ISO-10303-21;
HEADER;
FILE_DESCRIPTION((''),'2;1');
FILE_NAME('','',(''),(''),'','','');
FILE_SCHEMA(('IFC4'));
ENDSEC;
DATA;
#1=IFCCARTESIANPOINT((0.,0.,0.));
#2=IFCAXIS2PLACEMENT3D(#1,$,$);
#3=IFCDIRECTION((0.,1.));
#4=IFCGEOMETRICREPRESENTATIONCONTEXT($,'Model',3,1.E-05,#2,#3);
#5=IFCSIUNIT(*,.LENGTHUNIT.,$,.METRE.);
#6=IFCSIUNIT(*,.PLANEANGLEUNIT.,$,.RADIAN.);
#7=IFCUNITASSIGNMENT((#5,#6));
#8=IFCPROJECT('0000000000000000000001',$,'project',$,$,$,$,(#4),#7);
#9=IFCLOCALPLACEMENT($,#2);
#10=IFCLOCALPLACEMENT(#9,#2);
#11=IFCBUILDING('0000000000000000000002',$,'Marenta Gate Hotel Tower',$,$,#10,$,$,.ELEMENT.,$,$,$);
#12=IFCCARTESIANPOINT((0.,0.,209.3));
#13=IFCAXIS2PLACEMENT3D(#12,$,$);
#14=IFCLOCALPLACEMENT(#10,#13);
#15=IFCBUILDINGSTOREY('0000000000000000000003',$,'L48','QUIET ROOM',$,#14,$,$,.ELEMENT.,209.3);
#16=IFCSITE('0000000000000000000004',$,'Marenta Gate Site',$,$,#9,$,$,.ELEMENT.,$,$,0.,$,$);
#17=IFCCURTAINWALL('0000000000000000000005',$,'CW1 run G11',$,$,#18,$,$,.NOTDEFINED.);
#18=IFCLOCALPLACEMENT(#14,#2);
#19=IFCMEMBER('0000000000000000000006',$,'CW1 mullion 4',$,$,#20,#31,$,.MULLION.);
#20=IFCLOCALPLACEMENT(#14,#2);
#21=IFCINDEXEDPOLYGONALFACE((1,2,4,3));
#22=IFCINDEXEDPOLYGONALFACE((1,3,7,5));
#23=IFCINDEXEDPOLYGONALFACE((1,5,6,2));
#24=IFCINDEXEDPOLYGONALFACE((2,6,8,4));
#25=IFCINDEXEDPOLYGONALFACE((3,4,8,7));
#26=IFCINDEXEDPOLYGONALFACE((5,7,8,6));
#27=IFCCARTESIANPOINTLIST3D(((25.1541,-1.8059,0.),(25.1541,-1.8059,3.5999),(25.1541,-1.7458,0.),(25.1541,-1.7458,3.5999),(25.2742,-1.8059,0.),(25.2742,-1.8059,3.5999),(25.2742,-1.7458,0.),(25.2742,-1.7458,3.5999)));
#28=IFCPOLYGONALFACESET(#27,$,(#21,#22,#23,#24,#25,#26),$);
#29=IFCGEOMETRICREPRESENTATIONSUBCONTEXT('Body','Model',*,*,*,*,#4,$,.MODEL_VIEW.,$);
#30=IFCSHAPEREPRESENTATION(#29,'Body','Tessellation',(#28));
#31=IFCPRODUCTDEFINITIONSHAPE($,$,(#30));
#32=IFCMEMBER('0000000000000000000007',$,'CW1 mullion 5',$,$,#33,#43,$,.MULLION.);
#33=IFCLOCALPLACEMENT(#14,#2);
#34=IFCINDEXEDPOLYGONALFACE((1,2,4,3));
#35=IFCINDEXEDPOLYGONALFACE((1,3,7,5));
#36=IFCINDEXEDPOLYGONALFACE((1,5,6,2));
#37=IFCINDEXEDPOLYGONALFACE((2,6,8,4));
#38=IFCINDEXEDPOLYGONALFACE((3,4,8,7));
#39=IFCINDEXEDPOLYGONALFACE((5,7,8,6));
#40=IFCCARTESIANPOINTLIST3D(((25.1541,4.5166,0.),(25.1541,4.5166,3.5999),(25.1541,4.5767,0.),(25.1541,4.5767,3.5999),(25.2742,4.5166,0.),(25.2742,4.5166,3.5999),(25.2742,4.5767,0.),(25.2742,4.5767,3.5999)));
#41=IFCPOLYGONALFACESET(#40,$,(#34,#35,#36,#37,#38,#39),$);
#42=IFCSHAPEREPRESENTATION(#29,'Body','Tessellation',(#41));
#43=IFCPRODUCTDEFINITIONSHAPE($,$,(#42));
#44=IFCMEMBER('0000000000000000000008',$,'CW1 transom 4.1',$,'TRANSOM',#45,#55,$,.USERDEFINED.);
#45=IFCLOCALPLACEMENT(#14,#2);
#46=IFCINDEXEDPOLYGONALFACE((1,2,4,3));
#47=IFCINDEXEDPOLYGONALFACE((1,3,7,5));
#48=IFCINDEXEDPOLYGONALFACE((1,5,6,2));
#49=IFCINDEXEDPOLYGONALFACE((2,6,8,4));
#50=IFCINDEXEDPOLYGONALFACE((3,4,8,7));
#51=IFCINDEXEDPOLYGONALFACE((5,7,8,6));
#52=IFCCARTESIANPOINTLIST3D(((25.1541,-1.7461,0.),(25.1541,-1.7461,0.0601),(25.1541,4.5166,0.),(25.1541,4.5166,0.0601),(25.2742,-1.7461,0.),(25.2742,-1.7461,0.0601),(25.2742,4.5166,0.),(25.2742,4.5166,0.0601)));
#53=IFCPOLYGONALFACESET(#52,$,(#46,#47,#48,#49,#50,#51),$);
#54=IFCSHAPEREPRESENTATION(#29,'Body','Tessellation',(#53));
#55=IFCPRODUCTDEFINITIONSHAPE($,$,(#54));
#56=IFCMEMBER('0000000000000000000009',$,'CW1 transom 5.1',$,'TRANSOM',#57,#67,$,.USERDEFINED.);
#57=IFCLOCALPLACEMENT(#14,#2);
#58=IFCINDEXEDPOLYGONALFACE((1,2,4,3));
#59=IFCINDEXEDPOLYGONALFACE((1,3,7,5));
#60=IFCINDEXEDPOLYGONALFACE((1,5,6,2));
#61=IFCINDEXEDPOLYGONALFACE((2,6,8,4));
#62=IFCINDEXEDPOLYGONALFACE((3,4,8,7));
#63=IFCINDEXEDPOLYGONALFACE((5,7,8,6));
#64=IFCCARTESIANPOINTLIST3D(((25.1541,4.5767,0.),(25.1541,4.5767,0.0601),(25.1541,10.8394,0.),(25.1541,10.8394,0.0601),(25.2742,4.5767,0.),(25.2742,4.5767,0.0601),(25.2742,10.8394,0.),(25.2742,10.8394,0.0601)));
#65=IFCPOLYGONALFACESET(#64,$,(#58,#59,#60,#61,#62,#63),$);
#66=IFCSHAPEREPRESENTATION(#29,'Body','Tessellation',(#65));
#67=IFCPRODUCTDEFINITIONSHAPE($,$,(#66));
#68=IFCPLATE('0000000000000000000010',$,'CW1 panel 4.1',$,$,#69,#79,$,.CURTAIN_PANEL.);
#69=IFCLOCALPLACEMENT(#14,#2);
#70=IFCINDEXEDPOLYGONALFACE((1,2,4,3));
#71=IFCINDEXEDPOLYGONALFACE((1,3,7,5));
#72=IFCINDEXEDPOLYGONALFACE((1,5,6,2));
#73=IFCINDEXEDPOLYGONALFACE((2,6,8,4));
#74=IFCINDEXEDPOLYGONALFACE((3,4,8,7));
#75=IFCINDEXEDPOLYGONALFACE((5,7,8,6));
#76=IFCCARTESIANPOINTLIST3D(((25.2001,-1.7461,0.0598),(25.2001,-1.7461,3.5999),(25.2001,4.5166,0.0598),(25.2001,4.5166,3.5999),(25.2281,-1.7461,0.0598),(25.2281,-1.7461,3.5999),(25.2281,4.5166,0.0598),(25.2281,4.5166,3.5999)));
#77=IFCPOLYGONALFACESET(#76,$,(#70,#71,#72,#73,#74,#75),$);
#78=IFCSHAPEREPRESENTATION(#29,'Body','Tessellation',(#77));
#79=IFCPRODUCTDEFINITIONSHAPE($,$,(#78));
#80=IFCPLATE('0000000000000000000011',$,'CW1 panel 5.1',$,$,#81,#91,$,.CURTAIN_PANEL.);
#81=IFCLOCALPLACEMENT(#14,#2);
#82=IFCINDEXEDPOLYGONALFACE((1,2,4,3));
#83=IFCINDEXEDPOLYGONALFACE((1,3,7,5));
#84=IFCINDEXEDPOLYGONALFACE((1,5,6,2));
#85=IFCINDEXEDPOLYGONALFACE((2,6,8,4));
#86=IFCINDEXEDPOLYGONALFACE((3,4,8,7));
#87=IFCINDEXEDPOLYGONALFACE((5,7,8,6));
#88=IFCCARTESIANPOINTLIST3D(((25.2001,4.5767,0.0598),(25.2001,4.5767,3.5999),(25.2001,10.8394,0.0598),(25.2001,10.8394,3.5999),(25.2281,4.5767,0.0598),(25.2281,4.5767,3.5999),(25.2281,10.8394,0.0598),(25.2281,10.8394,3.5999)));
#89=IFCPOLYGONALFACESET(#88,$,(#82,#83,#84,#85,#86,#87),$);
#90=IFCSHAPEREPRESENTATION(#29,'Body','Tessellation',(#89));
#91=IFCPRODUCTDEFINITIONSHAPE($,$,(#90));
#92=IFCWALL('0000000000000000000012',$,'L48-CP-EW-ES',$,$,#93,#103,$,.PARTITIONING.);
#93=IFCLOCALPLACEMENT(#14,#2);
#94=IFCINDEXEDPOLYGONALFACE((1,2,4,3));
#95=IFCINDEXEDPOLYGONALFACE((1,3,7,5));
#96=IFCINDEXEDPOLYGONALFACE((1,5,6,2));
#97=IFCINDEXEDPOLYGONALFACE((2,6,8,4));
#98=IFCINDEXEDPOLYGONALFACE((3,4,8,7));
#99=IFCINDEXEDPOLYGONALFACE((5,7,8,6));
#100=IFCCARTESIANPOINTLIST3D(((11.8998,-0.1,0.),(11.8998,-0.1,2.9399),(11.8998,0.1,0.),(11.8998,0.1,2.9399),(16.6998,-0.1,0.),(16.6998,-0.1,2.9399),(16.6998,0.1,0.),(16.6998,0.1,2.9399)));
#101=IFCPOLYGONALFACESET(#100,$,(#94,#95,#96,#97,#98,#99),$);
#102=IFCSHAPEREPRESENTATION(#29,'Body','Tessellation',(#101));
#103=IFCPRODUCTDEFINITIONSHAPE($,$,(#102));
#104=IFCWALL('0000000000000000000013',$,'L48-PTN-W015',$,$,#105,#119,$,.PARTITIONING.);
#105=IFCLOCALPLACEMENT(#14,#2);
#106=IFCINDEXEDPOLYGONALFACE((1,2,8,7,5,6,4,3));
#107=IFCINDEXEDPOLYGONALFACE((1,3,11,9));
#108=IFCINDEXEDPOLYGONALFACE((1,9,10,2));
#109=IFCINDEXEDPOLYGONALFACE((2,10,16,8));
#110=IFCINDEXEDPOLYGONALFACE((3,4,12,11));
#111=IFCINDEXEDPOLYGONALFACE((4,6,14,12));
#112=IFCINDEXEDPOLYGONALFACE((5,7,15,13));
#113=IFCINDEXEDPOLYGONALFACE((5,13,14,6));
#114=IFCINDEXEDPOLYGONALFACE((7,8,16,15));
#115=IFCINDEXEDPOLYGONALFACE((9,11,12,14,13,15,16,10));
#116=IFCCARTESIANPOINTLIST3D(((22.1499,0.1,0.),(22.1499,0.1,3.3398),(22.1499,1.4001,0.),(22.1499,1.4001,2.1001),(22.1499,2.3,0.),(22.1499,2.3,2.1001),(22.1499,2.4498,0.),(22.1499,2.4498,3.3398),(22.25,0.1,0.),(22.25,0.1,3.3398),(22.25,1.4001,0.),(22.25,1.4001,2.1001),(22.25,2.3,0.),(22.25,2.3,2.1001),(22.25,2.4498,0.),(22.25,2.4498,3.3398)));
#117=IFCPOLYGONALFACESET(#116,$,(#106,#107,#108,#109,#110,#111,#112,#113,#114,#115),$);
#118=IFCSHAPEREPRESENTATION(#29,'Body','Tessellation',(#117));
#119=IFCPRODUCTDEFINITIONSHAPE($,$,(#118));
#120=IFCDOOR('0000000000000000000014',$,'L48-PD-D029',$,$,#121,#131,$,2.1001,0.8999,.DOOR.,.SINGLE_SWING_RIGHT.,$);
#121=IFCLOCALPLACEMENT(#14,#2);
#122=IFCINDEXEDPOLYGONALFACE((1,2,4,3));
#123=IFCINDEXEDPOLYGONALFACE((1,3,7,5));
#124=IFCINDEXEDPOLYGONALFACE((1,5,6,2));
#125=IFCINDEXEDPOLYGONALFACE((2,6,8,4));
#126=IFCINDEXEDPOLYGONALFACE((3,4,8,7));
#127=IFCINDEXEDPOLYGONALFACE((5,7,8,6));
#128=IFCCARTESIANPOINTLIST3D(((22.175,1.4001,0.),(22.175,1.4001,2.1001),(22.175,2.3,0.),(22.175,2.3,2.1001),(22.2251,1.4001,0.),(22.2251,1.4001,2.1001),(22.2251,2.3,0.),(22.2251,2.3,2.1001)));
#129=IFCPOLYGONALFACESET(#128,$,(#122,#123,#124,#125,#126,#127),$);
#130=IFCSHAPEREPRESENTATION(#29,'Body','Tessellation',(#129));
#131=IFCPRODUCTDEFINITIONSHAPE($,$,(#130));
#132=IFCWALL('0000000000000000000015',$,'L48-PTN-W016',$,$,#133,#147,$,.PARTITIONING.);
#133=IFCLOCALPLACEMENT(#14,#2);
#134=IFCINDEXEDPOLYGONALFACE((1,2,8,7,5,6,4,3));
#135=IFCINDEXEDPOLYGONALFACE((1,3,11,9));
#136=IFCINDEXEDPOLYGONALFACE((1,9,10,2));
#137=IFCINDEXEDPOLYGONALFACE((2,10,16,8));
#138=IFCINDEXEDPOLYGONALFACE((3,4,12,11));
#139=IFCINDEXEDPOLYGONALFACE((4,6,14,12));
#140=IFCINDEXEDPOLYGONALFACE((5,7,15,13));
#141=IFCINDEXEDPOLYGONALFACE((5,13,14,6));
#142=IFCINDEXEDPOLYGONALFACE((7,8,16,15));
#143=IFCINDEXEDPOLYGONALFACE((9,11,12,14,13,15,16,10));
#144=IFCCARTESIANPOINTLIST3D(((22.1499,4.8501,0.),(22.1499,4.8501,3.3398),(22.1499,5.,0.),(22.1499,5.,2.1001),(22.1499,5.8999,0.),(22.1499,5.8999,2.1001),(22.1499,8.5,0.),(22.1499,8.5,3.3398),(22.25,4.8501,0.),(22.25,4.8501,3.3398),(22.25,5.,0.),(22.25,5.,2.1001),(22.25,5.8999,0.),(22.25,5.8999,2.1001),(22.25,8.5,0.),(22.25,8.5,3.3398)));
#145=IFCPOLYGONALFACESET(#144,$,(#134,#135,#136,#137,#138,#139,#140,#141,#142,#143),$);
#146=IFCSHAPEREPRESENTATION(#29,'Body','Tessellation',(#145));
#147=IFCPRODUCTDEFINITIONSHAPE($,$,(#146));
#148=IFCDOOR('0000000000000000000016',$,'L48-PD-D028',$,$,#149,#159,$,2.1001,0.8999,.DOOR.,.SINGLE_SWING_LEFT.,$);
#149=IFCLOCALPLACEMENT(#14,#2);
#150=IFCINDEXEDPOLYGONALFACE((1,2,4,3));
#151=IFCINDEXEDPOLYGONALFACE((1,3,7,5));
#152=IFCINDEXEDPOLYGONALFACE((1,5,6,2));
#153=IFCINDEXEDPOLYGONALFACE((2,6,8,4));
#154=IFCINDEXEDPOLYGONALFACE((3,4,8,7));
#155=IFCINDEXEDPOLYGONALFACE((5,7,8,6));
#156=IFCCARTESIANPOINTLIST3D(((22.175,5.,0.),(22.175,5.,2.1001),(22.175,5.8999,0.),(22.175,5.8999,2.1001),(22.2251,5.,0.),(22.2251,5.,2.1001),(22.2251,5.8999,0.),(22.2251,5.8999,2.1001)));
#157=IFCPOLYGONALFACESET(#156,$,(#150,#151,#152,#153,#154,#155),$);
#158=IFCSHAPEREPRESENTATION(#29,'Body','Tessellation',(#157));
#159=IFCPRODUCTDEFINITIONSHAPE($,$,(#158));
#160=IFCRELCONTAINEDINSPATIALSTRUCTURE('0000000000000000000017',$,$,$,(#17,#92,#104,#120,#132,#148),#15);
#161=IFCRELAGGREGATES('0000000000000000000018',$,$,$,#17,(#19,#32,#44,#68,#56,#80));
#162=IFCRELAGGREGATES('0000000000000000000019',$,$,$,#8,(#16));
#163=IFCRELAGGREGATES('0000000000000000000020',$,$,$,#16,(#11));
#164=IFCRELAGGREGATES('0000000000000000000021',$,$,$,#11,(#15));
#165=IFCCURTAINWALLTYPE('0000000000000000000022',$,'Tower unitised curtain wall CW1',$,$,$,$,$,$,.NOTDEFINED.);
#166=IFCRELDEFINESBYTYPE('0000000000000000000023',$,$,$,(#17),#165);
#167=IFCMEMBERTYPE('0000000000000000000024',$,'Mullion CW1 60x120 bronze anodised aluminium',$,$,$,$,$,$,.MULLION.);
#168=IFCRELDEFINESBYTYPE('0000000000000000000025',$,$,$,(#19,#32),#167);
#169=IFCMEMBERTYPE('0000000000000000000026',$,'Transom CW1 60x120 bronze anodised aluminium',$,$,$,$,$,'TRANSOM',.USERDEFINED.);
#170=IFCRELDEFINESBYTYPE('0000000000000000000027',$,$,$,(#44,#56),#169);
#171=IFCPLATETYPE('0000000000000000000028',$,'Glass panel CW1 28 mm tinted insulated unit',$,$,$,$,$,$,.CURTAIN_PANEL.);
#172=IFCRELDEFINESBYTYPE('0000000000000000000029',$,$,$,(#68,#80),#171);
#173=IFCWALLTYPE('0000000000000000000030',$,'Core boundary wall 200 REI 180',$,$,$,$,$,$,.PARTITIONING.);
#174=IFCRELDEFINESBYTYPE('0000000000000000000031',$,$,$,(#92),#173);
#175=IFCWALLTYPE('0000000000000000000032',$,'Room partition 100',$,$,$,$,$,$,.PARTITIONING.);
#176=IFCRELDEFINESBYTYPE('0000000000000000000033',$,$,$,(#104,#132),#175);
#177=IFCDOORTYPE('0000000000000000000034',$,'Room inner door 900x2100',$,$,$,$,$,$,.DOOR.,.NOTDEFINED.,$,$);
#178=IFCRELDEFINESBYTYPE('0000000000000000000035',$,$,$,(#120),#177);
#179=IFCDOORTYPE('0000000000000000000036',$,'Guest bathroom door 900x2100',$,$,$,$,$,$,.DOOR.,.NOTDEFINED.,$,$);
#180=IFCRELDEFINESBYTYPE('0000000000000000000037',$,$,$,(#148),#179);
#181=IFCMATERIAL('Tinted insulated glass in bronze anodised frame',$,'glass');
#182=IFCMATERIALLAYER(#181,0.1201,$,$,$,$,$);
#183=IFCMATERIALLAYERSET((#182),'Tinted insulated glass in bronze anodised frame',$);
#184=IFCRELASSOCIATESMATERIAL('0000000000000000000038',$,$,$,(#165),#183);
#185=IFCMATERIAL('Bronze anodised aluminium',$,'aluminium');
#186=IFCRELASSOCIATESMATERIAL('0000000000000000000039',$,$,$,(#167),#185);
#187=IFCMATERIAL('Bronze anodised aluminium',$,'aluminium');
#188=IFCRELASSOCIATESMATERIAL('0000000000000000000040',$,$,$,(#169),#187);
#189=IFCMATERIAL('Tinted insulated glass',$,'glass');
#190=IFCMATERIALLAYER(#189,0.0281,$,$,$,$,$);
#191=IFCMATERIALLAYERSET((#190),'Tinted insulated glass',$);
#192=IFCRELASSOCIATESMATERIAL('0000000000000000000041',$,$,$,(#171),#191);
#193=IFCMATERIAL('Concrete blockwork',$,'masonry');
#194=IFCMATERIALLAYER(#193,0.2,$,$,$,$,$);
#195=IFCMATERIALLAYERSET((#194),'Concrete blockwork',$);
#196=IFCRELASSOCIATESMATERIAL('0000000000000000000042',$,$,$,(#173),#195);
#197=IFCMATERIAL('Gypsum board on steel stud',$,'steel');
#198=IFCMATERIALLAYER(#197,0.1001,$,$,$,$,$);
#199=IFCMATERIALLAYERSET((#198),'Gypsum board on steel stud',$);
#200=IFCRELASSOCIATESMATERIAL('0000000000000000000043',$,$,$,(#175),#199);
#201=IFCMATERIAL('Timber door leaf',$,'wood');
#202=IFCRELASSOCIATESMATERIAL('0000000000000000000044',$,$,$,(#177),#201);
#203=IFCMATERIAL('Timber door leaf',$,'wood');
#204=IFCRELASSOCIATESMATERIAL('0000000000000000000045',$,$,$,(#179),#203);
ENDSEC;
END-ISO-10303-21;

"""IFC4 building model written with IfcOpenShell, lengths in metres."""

from ifc_helpers import new_model, si_unit, direction, frame, frame_2d, origin, origin_2d, place, context, subcontext, project, spatial, rectangle, extrude, material, layer, layer_set, material_profile, profile_set, type_object, element, fill, aggregate, save


model = new_model("IFC4")

# Units and contexts
model_context = context("Model", 3, precision=1e-05, world=origin(), true_north=direction((0.0, 1.0)))
body_context = subcontext(model_context, "Body", "Model", "MODEL_VIEW")
ifc_project = project(units=[si_unit("LENGTHUNIT", "METRE"), si_unit("PLANEANGLEUNIT", "RADIAN")], contexts=[model_context])

# Site, building, storey
site_placement = place(None, origin())
site = spatial("IfcSite", under=ifc_project, at=site_placement, Name="Marenta Gate Site", CompositionType="ELEMENT", RefElevation=0.0)
building_placement = place(site_placement, origin())
building = spatial("IfcBuilding", under=site, at=building_placement, Name="Marenta Gate Hotel Tower", CompositionType="ELEMENT")
storey_placement = place(building_placement, frame((0.0, 0.0, 209.3)))
storey = spatial("IfcBuildingStorey", under=building, at=storey_placement, Name="L48", Description="QUIET ROOM", CompositionType="ELEMENT", Elevation=209.3)

# Curtain wall, members, plates
ifc_material_1 = material(Name="Tinted insulated glass in bronze anodised frame", Category="glass")
ifc_layer_1 = layer(ifc_material_1, 0.1201)
ifc_layer_set_1 = layer_set([ifc_layer_1], Name="Tinted insulated glass in bronze anodised frame")
curtain_wall_type = type_object("IfcCurtainWallType", Name="Tower unitised curtain wall CW1", PredefinedType="NOTDEFINED", material=ifc_layer_set_1)
curtain_wall_placement = place(storey_placement, origin())
curtain_wall = element("IfcCurtainWall", 1, at=curtain_wall_placement, inside=storey, type_object=curtain_wall_type, Name="CW1 run G11", PredefinedType="NOTDEFINED")
ifc_material_2 = material(Name="Bronze anodised aluminium", Category="aluminium")
ifc_material_profile_1 = material_profile(ifc_material_2, rectangle(XDim=0.1201, YDim=0.0601, at=origin_2d()), Name="Mullion CW1 60x120 bronze anodised aluminium")
ifc_profile_set_1 = profile_set([ifc_material_profile_1], Name="Bronze anodised aluminium")
member_type_1 = type_object("IfcMemberType", Name="Mullion CW1 60x120 bronze anodised aluminium", PredefinedType="MULLION", material=ifc_profile_set_1)
member_1_placement = place(storey_placement, frame((25.2141, -1.7759, 0.0), z_axis=(0.0, 0.0, 1.0), x_axis=(-1.0, 0.0, 0.0)))
member_1 = element("IfcMember", 2, at=member_1_placement, type_object=member_type_1, Name="CW1 mullion 4", PredefinedType="MULLION", context=body_context, shape_type="SweptSolid", body=[
    extrude(rectangle(XDim=0.1201, YDim=0.0601, at=origin_2d()), origin(), (0.0, 0.0, 1.0), 3.5999),
])
member_2_placement = place(storey_placement, frame((25.2141, 4.5466, 0.0), z_axis=(0.0, 0.0, 1.0), x_axis=(-1.0, 0.0, 0.0)))
member_2 = element("IfcMember", 3, at=member_2_placement, type_object=member_type_1, Name="CW1 mullion 5", PredefinedType="MULLION", context=body_context, shape_type="SweptSolid", body=[
    extrude(rectangle(XDim=0.1201, YDim=0.0601, at=origin_2d()), origin(), (0.0, 0.0, 1.0), 3.5999),
])
ifc_material_3 = material(Name="Bronze anodised aluminium", Category="aluminium")
ifc_material_profile_2 = material_profile(ifc_material_3, rectangle(XDim=0.1201, YDim=0.0601, at=origin_2d()), Name="Transom CW1 60x120 bronze anodised aluminium")
ifc_profile_set_2 = profile_set([ifc_material_profile_2], Name="Bronze anodised aluminium")
member_type_2 = type_object("IfcMemberType", Name="Transom CW1 60x120 bronze anodised aluminium", ElementType="TRANSOM", PredefinedType="USERDEFINED", material=ifc_profile_set_2)
member_3_placement = place(storey_placement, frame((25.2141, -1.7461, 0.03), z_axis=(0.0, 1.0, 0.0), x_axis=(-1.0, 0.0, 0.0)))
member_3 = element("IfcMember", 4, at=member_3_placement, type_object=member_type_2, Name="CW1 transom 4.1", ObjectType="TRANSOM", PredefinedType="USERDEFINED", context=body_context, shape_type="SweptSolid", body=[
    extrude(rectangle(XDim=0.1201, YDim=0.0601, at=origin_2d()), origin(), (0.0, 0.0, 1.0), 6.2627),
])
member_4_placement = place(storey_placement, frame((25.2141, 4.5767, 0.03), z_axis=(0.0, 1.0, 0.0), x_axis=(-1.0, 0.0, 0.0)))
member_4 = element("IfcMember", 5, at=member_4_placement, type_object=member_type_2, Name="CW1 transom 5.1", ObjectType="TRANSOM", PredefinedType="USERDEFINED", context=body_context, shape_type="SweptSolid", body=[
    extrude(rectangle(XDim=0.1201, YDim=0.0601, at=origin_2d()), origin(), (0.0, 0.0, 1.0), 6.2627),
])
ifc_material_4 = material(Name="Tinted insulated glass", Category="glass")
ifc_layer_2 = layer(ifc_material_4, 0.0281)
ifc_layer_set_2 = layer_set([ifc_layer_2], Name="Tinted insulated glass")
plate_type = type_object("IfcPlateType", Name="Glass panel CW1 28 mm tinted insulated unit", PredefinedType="CURTAIN_PANEL", material=ifc_layer_set_2)
plate_1_placement = place(storey_placement, frame((25.2141, 1.3853, 0.0598), z_axis=(0.0, 0.0, 1.0), x_axis=(0.0, 1.0, 0.0)))
plate_1 = element("IfcPlate", 6, at=plate_1_placement, type_object=plate_type, Name="CW1 panel 4.1", PredefinedType="CURTAIN_PANEL", context=body_context, shape_type="SweptSolid", body=[
    extrude(rectangle(XDim=6.2627, YDim=0.0281, at=origin_2d()), origin(), (0.0, 0.0, 1.0), 3.54),
])
plate_2_placement = place(storey_placement, frame((25.2141, 7.708, 0.0598), z_axis=(0.0, 0.0, 1.0), x_axis=(0.0, 1.0, 0.0)))
plate_2 = element("IfcPlate", 7, at=plate_2_placement, type_object=plate_type, Name="CW1 panel 5.1", PredefinedType="CURTAIN_PANEL", context=body_context, shape_type="SweptSolid", body=[
    extrude(rectangle(XDim=6.2627, YDim=0.0281, at=origin_2d()), origin(), (0.0, 0.0, 1.0), 3.54),
])
aggregate(curtain_wall, [member_1, member_2, member_3, plate_1, member_4, plate_2])

# Shared definitions
ifc_material_5 = material(Name="Concrete blockwork", Category="masonry")
ifc_layer_3 = layer(ifc_material_5, 0.2)
ifc_layer_set_3 = layer_set([ifc_layer_3], Name="Concrete blockwork")
wall_type_1 = type_object("IfcWallType", Name="Core boundary wall 200 REI 180", PredefinedType="PARTITIONING", material=ifc_layer_set_3)

# Wall
wall_1_placement = place(storey_placement, frame((11.8999, 0.0, 0.0), z_axis=(0.0, 0.0, 1.0), x_axis=(1.0, 0.0, 0.0)))
element("IfcWall", 8, at=wall_1_placement, inside=storey, type_object=wall_type_1, Name="L48-CP-EW-ES", PredefinedType="PARTITIONING", context=body_context, shape_type="SweptSolid", body=[
    extrude(rectangle(XDim=4.8, YDim=0.2, at=frame_2d((2.3999, 0.0))), origin(), (0.0, 0.0, 1.0), 2.9399),
])

# Walls, openings, doors
ifc_material_6 = material(Name="Gypsum board on steel stud", Category="steel")
ifc_layer_4 = layer(ifc_material_6, 0.1001)
ifc_layer_set_4 = layer_set([ifc_layer_4], Name="Gypsum board on steel stud")
wall_type_2 = type_object("IfcWallType", Name="Room partition 100", PredefinedType="PARTITIONING", material=ifc_layer_set_4)
wall_2_placement = place(storey_placement, frame((22.2, 0.1001, 0.0), z_axis=(0.0, 0.0, 1.0), x_axis=(0.0, 1.0, 0.0)))
wall_2 = element("IfcWall", 9, at=wall_2_placement, inside=storey, type_object=wall_type_2, Name="L48-PTN-W015", PredefinedType="PARTITIONING", context=body_context, shape_type="SweptSolid", body=[
    extrude(rectangle(XDim=2.3499, YDim=0.1001, at=frame_2d((1.1748, 0.0))), origin(), (0.0, 0.0, 1.0), 3.3398),
])
opening_1_placement = place(wall_2_placement, frame((1.3, 0.0, 0.0)))
opening_1 = element("IfcOpeningElement", 10, at=opening_1_placement, cuts=wall_2, PredefinedType="OPENING", context=body_context, shape_type="SweptSolid", body=[
    extrude(rectangle(XDim=0.8999, YDim=2.1001, at=frame_2d((0.45, 1.05))), frame((0.0, 0.05, 0.0), z_axis=(0.0, -1.0, 0.0), x_axis=(1.0, 0.0, 0.0)), (0.0, 0.0, 1.0), 0.1001),
])
ifc_material_7 = material(Name="Timber door leaf", Category="wood")
door_type_1 = type_object("IfcDoorType", Name="Room inner door 900x2100", OperationType="NOTDEFINED", PredefinedType="DOOR", material=ifc_material_7)
door_1_placement = place(opening_1_placement, origin())
door_1 = element("IfcDoor", 11, at=door_1_placement, inside=storey, type_object=door_type_1, Name="L48-PD-D029", OperationType="SINGLE_SWING_RIGHT", OverallHeight=2.1001, OverallWidth=0.8999, PredefinedType="DOOR", context=body_context, shape_type="SweptSolid", body=[
    extrude(rectangle(XDim=0.8999, YDim=2.1001, at=frame_2d((0.45, 1.05))), frame((0.0, 0.0249, 0.0), z_axis=(0.0, -1.0, 0.0), x_axis=(1.0, 0.0, 0.0)), (0.0, 0.0, 1.0), 0.05),
])
fill(opening_1, door_1)
wall_3_placement = place(storey_placement, frame((22.2, 4.8501, 0.0), z_axis=(0.0, 0.0, 1.0), x_axis=(0.0, 1.0, 0.0)))
wall_3 = element("IfcWall", 12, at=wall_3_placement, inside=storey, type_object=wall_type_2, Name="L48-PTN-W016", PredefinedType="PARTITIONING", context=body_context, shape_type="SweptSolid", body=[
    extrude(rectangle(XDim=3.6499, YDim=0.1001, at=frame_2d((1.825, 0.0))), origin(), (0.0, 0.0, 1.0), 3.3398),
])
opening_2_placement = place(wall_3_placement, frame((0.1499, 0.0, 0.0)))
opening_2 = element("IfcOpeningElement", 13, at=opening_2_placement, cuts=wall_3, PredefinedType="OPENING", context=body_context, shape_type="SweptSolid", body=[
    extrude(rectangle(XDim=0.8999, YDim=2.1001, at=frame_2d((0.45, 1.05))), frame((0.0, 0.05, 0.0), z_axis=(0.0, -1.0, 0.0), x_axis=(1.0, 0.0, 0.0)), (0.0, 0.0, 1.0), 0.1001),
])
ifc_material_8 = material(Name="Timber door leaf", Category="wood")
door_type_2 = type_object("IfcDoorType", Name="Guest bathroom door 900x2100", OperationType="NOTDEFINED", PredefinedType="DOOR", material=ifc_material_8)
door_2_placement = place(opening_2_placement, origin())
door_2 = element("IfcDoor", 14, at=door_2_placement, inside=storey, type_object=door_type_2, Name="L48-PD-D028", OperationType="SINGLE_SWING_LEFT", OverallHeight=2.1001, OverallWidth=0.8999, PredefinedType="DOOR", context=body_context, shape_type="SweptSolid", body=[
    extrude(rectangle(XDim=0.8999, YDim=2.1001, at=frame_2d((0.45, 1.05))), frame((0.0, 0.0249, 0.0), z_axis=(0.0, -1.0, 0.0), x_axis=(1.0, 0.0, 0.0)), (0.0, 0.0, 1.0), 0.05),
])
fill(opening_2, door_2)

save(model, "model.ifc")
